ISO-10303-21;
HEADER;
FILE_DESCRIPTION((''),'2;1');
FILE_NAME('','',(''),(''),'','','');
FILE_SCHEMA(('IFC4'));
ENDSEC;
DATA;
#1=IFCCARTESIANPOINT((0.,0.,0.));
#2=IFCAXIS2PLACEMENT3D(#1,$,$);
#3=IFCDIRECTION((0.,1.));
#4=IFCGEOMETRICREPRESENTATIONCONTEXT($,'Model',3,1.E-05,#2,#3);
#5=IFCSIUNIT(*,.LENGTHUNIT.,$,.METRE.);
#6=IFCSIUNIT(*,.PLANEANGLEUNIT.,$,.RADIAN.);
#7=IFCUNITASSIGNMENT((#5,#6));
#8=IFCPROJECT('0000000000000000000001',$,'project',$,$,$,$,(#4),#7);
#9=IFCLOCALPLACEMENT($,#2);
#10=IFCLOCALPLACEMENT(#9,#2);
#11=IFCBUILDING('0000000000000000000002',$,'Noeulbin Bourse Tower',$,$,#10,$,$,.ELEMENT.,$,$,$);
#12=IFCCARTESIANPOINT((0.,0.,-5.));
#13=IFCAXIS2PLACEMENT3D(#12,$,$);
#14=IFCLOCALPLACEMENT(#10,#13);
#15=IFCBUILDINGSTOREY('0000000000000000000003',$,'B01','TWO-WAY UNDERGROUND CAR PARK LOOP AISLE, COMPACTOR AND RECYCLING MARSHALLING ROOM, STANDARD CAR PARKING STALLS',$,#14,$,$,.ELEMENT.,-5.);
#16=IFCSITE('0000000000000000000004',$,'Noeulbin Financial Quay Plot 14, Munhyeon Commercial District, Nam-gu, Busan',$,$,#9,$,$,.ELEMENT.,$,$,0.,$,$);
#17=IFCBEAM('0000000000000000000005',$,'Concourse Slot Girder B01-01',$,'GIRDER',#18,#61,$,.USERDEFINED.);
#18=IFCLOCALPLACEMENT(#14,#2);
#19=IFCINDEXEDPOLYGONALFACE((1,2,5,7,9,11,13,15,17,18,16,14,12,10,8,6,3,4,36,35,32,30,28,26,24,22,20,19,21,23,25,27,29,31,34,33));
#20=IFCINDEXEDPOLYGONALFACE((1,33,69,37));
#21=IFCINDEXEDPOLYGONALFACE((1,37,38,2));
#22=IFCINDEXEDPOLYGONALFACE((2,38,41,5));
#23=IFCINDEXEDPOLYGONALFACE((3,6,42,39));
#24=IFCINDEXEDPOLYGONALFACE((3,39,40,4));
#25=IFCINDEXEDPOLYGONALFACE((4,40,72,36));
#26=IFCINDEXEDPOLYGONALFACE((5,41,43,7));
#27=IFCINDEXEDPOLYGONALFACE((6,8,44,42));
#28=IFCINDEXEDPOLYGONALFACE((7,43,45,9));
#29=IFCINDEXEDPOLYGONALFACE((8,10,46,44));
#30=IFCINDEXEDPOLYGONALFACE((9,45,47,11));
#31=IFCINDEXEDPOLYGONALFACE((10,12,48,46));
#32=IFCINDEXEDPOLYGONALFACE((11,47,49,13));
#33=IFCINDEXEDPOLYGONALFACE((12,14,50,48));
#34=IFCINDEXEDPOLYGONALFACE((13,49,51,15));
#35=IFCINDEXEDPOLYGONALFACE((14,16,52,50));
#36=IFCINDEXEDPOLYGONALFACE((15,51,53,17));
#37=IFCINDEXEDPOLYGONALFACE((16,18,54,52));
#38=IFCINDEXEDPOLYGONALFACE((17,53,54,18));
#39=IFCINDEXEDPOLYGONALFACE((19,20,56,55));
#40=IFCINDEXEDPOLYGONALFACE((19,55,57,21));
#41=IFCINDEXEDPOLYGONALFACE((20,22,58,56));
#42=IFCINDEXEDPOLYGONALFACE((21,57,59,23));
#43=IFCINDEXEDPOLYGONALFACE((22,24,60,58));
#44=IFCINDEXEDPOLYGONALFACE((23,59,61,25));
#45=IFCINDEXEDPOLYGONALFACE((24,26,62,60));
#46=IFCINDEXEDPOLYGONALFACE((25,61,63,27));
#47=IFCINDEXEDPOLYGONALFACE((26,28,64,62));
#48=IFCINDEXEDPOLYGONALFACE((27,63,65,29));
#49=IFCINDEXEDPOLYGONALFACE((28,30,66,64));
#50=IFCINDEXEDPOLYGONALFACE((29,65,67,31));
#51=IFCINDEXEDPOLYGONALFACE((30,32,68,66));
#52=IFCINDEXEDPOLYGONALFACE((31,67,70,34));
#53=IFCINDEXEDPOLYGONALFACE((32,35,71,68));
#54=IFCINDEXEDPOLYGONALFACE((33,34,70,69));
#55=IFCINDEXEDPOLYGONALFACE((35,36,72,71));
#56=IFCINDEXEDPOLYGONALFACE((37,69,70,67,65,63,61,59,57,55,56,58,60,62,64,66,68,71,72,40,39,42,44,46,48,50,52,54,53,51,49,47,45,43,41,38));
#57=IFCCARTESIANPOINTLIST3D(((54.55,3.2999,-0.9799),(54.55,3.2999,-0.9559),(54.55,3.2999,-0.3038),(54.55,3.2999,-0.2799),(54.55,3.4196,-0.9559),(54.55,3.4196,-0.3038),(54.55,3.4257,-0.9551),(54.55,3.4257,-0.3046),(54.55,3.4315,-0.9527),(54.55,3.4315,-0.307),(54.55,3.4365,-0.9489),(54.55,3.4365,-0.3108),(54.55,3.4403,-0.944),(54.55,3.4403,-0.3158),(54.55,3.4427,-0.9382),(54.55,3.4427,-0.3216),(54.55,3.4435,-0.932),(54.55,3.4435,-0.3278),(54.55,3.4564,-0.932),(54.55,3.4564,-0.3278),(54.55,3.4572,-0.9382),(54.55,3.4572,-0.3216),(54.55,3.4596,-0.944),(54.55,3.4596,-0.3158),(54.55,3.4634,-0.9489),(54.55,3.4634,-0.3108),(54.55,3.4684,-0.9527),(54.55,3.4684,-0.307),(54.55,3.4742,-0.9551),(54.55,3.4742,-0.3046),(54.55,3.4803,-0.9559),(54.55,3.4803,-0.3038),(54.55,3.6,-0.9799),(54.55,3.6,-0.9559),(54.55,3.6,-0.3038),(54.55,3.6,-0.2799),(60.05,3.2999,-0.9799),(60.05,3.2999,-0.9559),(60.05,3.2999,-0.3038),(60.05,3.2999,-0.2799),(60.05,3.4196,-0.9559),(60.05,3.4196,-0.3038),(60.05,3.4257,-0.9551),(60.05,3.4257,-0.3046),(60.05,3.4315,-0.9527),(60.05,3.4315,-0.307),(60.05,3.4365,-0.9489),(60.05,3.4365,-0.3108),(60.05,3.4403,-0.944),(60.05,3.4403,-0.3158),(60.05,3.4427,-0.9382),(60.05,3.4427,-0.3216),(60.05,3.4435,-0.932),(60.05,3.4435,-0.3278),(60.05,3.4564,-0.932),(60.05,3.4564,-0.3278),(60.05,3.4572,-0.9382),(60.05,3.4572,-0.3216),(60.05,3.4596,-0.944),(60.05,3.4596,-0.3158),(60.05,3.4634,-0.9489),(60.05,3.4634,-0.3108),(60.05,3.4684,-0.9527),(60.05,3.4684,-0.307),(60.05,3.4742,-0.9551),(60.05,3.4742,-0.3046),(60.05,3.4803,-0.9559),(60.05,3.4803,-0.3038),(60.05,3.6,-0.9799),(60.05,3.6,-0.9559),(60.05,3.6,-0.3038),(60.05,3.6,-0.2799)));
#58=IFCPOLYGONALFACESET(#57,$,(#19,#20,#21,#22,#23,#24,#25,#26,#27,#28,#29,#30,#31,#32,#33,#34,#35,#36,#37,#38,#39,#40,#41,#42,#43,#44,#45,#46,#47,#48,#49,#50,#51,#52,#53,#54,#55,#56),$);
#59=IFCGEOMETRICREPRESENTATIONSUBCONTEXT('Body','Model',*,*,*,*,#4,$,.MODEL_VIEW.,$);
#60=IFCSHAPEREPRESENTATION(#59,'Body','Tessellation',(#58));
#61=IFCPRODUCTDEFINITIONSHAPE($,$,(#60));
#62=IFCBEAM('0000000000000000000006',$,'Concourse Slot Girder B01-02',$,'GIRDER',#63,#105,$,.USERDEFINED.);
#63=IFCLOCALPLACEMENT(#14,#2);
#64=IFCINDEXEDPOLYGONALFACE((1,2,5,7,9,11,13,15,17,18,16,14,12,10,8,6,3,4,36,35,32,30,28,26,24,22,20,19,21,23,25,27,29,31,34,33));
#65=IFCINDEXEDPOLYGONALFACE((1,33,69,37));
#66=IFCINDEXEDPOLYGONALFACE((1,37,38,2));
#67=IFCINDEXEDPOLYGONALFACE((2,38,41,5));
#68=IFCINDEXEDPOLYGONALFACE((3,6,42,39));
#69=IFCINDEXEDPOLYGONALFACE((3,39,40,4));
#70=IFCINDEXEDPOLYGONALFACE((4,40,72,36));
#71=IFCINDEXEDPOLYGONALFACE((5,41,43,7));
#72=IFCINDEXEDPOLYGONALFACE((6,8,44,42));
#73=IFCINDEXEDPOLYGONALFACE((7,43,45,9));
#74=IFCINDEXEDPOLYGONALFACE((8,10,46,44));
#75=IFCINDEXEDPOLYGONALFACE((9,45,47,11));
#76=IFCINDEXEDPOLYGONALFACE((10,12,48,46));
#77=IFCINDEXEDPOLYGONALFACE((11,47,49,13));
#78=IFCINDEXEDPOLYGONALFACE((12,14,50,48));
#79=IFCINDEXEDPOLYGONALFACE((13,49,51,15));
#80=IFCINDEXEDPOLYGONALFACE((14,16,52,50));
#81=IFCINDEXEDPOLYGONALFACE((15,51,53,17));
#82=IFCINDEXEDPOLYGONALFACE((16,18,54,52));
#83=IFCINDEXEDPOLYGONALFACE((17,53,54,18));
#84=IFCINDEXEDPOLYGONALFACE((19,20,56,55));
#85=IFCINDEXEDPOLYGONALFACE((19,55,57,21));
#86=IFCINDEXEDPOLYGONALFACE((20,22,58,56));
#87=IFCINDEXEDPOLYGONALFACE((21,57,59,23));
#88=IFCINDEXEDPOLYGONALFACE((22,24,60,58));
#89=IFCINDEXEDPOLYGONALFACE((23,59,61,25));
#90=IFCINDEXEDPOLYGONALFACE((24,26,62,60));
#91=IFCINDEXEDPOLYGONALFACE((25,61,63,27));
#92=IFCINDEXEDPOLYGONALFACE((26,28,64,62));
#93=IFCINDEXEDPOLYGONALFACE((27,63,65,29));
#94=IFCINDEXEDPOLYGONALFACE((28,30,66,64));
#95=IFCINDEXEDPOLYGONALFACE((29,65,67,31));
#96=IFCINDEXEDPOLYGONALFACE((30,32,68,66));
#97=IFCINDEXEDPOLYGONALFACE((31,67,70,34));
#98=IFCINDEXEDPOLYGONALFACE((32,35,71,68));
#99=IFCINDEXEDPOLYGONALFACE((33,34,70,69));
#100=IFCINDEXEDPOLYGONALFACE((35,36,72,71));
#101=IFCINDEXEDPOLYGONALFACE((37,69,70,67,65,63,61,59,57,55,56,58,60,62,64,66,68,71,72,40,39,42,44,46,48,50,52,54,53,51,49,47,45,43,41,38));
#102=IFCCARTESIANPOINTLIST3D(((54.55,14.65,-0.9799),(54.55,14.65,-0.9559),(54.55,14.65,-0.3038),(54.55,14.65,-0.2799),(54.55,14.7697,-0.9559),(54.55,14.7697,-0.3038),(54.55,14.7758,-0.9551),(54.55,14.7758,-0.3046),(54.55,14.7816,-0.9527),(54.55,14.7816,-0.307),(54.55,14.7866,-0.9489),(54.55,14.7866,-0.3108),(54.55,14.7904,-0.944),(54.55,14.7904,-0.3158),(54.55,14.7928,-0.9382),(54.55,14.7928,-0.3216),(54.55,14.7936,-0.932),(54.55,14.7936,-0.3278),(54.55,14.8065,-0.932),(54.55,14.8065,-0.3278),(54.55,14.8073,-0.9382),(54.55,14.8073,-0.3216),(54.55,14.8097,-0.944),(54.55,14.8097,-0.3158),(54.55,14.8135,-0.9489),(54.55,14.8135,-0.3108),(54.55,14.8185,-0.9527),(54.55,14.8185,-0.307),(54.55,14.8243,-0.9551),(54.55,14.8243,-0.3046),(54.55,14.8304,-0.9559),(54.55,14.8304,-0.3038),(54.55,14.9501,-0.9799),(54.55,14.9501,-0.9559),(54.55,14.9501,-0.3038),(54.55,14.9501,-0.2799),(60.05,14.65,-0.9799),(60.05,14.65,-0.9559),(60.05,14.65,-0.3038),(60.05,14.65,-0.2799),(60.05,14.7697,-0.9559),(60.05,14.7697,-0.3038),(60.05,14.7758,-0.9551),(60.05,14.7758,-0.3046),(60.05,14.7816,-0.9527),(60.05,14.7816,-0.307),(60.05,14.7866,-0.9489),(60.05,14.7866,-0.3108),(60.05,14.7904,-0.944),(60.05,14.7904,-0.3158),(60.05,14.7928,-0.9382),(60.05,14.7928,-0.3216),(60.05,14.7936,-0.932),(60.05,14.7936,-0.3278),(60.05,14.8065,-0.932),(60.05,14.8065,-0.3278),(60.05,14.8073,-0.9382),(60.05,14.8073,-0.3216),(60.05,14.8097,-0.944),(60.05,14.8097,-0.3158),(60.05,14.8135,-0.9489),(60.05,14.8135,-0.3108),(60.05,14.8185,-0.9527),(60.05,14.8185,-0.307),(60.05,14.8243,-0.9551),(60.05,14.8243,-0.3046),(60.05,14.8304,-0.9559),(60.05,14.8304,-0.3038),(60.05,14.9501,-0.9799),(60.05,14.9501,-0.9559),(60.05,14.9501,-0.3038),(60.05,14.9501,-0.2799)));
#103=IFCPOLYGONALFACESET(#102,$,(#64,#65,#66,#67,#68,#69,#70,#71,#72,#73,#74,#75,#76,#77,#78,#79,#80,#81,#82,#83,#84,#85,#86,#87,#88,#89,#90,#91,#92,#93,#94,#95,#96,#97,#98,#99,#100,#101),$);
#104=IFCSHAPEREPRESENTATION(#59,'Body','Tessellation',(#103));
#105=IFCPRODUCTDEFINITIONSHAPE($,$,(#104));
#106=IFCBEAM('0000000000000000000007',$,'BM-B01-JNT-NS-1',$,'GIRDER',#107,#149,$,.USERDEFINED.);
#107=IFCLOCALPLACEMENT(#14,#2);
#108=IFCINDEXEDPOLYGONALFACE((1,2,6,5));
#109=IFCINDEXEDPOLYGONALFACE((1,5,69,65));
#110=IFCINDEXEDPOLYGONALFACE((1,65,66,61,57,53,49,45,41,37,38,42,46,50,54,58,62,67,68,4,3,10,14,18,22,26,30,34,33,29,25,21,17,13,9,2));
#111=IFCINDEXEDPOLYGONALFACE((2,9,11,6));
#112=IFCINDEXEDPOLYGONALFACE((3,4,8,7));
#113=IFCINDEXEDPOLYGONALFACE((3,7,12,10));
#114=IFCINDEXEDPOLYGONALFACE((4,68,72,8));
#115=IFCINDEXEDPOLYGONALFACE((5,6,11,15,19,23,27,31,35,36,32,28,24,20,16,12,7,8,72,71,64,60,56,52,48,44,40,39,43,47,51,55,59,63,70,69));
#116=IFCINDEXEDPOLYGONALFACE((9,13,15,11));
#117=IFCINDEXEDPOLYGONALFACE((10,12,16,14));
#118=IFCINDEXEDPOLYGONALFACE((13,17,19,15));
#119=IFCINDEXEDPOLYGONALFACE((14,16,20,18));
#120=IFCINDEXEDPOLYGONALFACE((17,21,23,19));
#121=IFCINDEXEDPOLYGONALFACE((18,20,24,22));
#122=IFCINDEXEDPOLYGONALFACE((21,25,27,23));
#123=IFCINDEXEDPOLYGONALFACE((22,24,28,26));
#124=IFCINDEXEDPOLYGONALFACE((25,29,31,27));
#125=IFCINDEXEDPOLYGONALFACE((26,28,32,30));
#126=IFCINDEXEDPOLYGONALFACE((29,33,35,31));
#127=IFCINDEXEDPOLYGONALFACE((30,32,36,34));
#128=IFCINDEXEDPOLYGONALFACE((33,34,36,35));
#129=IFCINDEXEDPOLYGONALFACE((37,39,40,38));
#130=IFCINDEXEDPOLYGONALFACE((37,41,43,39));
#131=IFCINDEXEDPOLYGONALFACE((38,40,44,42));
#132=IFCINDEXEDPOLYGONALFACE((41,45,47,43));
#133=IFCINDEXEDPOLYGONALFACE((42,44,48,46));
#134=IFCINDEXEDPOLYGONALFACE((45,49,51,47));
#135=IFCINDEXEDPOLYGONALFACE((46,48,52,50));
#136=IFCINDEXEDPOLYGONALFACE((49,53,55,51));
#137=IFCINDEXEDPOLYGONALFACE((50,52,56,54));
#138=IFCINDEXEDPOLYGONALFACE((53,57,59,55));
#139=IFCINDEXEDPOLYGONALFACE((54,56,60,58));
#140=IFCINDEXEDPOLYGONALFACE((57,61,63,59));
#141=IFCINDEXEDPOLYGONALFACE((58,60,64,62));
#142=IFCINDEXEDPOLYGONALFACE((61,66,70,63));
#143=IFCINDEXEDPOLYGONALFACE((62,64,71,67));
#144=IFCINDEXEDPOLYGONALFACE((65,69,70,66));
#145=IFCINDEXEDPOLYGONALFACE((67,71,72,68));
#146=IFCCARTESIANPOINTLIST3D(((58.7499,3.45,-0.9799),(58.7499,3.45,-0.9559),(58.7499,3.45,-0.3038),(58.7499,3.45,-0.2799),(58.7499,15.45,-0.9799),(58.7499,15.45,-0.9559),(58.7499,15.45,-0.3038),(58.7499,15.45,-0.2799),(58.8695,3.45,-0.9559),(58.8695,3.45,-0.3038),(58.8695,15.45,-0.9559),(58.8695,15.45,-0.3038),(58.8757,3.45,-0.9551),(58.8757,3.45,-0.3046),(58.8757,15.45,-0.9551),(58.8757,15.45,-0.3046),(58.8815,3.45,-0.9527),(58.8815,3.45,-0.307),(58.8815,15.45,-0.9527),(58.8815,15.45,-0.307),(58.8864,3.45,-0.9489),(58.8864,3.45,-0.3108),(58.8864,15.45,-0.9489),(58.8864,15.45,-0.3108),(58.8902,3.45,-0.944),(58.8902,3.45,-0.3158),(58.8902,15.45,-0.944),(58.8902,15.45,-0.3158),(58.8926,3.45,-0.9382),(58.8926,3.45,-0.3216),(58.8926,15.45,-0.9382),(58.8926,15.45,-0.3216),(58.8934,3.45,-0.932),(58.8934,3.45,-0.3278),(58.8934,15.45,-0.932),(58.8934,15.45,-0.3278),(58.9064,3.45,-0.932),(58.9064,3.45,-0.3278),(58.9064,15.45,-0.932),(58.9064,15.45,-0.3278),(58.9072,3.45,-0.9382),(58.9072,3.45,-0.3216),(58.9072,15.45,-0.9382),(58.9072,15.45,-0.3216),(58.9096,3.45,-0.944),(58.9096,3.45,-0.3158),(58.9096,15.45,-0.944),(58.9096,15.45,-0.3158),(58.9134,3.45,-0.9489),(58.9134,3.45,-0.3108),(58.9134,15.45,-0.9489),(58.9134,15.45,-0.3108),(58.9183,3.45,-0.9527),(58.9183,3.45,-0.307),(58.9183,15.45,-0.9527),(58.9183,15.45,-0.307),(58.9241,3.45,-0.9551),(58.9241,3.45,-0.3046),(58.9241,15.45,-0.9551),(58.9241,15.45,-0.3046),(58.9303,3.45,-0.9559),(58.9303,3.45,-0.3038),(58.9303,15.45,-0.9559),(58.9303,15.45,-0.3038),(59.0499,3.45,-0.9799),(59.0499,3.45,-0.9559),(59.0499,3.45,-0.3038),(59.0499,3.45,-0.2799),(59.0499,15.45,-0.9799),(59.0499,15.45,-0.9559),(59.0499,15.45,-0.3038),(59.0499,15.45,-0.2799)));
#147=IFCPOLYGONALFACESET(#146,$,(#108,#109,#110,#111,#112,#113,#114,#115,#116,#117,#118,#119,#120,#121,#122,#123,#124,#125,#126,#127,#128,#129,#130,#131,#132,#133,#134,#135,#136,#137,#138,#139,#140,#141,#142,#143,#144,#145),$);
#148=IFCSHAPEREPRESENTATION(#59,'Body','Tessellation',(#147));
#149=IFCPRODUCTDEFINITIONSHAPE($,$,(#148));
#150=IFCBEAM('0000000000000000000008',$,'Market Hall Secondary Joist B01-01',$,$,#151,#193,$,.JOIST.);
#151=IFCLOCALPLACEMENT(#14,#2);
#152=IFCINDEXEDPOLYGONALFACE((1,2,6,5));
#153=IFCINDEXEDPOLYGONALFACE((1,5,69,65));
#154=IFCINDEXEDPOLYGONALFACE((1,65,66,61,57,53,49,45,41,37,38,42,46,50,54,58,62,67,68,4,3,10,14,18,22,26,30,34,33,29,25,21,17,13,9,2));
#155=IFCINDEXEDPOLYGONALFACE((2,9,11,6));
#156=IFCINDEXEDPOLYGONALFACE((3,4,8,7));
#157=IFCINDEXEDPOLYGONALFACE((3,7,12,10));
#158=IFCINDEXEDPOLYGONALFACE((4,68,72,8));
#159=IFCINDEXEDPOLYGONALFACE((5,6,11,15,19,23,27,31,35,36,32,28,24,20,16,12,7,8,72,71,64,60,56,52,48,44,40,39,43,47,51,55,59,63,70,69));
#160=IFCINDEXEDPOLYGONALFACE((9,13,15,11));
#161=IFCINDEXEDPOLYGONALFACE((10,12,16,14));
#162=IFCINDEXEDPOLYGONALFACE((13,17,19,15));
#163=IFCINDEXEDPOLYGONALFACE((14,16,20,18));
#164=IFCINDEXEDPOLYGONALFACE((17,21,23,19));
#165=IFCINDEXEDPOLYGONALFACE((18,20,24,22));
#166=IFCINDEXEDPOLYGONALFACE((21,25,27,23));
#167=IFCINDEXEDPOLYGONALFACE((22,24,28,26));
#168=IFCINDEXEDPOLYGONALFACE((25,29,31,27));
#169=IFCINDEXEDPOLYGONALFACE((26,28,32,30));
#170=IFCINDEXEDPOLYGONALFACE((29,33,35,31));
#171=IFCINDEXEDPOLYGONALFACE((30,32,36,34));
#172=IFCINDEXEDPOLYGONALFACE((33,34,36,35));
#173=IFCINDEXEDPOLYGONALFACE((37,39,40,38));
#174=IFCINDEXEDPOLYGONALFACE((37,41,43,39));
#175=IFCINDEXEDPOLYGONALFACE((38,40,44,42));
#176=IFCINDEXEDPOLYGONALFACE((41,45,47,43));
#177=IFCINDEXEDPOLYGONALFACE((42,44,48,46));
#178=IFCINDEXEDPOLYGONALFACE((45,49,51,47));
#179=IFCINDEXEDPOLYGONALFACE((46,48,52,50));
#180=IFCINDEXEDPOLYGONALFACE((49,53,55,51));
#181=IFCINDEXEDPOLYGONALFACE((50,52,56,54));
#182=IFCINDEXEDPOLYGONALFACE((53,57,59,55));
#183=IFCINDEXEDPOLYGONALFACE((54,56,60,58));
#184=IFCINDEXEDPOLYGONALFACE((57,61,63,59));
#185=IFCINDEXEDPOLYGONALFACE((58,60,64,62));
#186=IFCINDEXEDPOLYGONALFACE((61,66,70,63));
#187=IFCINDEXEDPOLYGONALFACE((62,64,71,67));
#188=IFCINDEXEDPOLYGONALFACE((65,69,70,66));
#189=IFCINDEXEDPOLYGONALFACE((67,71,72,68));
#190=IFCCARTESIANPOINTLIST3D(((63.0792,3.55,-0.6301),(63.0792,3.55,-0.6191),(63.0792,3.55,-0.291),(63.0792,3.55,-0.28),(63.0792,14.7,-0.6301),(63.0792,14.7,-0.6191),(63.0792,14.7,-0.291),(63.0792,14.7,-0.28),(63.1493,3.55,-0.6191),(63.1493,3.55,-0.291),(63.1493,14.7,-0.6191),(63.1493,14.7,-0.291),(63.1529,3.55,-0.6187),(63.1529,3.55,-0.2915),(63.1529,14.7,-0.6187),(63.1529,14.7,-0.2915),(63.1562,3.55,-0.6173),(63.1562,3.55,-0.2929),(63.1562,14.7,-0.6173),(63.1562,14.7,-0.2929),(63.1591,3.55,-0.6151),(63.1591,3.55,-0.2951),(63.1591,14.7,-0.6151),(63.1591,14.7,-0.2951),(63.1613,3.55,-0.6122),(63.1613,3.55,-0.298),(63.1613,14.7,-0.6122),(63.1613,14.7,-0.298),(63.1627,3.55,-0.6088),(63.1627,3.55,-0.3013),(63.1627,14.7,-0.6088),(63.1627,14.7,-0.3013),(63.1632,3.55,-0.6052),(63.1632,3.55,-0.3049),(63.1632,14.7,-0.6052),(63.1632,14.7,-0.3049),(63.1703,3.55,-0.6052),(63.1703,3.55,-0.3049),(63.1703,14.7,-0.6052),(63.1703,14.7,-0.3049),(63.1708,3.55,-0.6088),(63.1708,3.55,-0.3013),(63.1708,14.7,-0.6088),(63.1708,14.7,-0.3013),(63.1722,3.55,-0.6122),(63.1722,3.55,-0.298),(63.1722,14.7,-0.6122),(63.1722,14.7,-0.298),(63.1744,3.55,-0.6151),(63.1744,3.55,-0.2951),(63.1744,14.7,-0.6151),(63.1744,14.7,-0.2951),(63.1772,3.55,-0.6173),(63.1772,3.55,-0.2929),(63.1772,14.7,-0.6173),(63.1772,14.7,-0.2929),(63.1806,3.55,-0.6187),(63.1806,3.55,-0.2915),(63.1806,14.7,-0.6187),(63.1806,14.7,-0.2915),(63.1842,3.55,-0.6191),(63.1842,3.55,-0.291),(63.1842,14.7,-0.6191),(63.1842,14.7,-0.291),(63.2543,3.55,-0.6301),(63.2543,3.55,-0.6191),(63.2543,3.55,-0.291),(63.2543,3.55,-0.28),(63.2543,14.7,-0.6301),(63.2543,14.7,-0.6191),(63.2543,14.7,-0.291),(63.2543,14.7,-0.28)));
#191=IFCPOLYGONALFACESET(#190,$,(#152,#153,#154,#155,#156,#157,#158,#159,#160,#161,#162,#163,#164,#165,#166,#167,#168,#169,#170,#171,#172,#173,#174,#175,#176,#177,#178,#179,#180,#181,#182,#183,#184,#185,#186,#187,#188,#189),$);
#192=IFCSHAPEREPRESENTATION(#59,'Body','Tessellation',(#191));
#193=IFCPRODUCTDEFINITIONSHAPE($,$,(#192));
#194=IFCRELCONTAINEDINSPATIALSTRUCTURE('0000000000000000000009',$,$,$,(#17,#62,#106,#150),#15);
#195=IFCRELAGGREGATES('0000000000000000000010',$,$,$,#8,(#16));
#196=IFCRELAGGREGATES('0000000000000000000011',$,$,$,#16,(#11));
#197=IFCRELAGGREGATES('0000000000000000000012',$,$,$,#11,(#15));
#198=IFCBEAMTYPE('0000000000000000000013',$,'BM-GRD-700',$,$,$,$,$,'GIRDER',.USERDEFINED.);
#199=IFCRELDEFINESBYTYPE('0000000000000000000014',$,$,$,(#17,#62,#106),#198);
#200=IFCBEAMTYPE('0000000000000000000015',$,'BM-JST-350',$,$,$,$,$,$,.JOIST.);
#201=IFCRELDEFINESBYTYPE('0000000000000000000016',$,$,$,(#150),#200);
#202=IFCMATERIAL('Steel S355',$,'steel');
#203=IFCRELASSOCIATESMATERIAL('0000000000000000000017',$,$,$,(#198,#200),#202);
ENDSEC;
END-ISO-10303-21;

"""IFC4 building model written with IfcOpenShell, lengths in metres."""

from ifc_helpers import new_model, si_unit, direction, frame, origin, origin_2d, place, context, subcontext, project, spatial, i_section, extrude, material, material_profile, profile_set, type_object, element, save


model = new_model("IFC4")

# Units and contexts
model_context = context("Model", 3, precision=1e-05, world=origin(), true_north=direction((0.0, 1.0)))
body_context = subcontext(model_context, "Body", "Model", "MODEL_VIEW")
ifc_project = project(units=[si_unit("LENGTHUNIT", "METRE"), si_unit("PLANEANGLEUNIT", "RADIAN")], contexts=[model_context])

# Site, building, storey
site_placement = place(None, origin())
site = spatial("IfcSite", under=ifc_project, at=site_placement, Name="Noeulbin Financial Quay Plot 14, Munhyeon Commercial District, Nam-gu, Busan", CompositionType="ELEMENT", RefElevation=0.0)
building_placement = place(site_placement, origin())
building = spatial("IfcBuilding", under=site, at=building_placement, Name="Noeulbin Bourse Tower", CompositionType="ELEMENT")
storey_placement = place(building_placement, frame((0.0, 0.0, -5.0)))
storey = spatial("IfcBuildingStorey", under=building, at=storey_placement, Name="B01", Description="TWO-WAY UNDERGROUND CAR PARK LOOP AISLE, COMPACTOR AND RECYCLING MARSHALLING ROOM, STANDARD CAR PARKING STALLS", CompositionType="ELEMENT", Elevation=-5.0)

# Beams
ifc_material_1 = material(Name="Steel S355", Category="steel")
ifc_material_profile_1 = material_profile(ifc_material_1, i_section(OverallWidth=0.3, OverallDepth=0.7, WebThickness=0.0129, FlangeThickness=0.0239, FilletRadius=0.0239, at=origin_2d()), Name="H-700x300x13x24", Category="LoadBearing")
ifc_profile_set_1 = profile_set([ifc_material_profile_1], Name="Steel S355")
beam_type_1 = type_object("IfcBeamType", Name="BM-GRD-700", ElementType="GIRDER", PredefinedType="USERDEFINED", material=ifc_profile_set_1)
for number, where, z_axis, x_axis, name in (
    (1, (54.55, 3.45, -0.6299), (1.0, 0.0, 0.0), (0.0, 1.0, 0.0), "Concourse Slot Girder B01-01"),
    (2, (54.55, 14.8, -0.6299), (1.0, 0.0, 0.0), (0.0, 1.0, 0.0), "Concourse Slot Girder B01-02"),
):
    element("IfcBeam", number, at=place(storey_placement, frame(where, z_axis=z_axis, x_axis=x_axis)), inside=storey, type_object=beam_type_1, Name=name, ObjectType="GIRDER", PredefinedType="USERDEFINED", context=body_context, shape_type="SweptSolid", body=[
        extrude(i_section(OverallWidth=0.3, OverallDepth=0.7, WebThickness=0.0129, FlangeThickness=0.0239, FilletRadius=0.0239, at=origin_2d()), origin(), (0.0, 0.0, 1.0), 5.5),
    ])
beam_1_placement = place(storey_placement, frame((58.8999, 3.45, -0.6299), z_axis=(0.0, 1.0, 0.0), x_axis=(-1.0, 0.0, 0.0)))
element("IfcBeam", 3, at=beam_1_placement, inside=storey, type_object=beam_type_1, Name="BM-B01-JNT-NS-1", ObjectType="GIRDER", PredefinedType="USERDEFINED", context=body_context, shape_type="SweptSolid", body=[
    extrude(i_section(OverallWidth=0.3, OverallDepth=0.7, WebThickness=0.0129, FlangeThickness=0.0239, FilletRadius=0.0239, at=origin_2d()), origin(), (0.0, 0.0, 1.0), 12.0),
])
ifc_material_profile_2 = material_profile(ifc_material_1, i_section(OverallWidth=0.175, OverallDepth=0.3501, WebThickness=0.0071, FlangeThickness=0.011, FilletRadius=0.0139, at=origin_2d()), Name="H-350x175x7x11", Category="LoadBearing")
ifc_profile_set_2 = profile_set([ifc_material_profile_2], Name="Steel S355")
beam_type_2 = type_object("IfcBeamType", Name="BM-JST-350", PredefinedType="JOIST", material=ifc_profile_set_2)
for number, where, z_axis, x_axis, name in (
    (4, (63.1667, 3.55, -0.4551), (0.0, 1.0, 0.0), (-1.0, 0.0, 0.0), "Market Hall Secondary Joist B01-01"),
):
    element("IfcBeam", number, at=place(storey_placement, frame(where, z_axis=z_axis, x_axis=x_axis)), inside=storey, type_object=beam_type_2, Name=name, PredefinedType="JOIST", context=body_context, shape_type="SweptSolid", body=[
        extrude(i_section(OverallWidth=0.175, OverallDepth=0.3501, WebThickness=0.0071, FlangeThickness=0.011, FilletRadius=0.0139, at=origin_2d()), origin(), (0.0, 0.0, 1.0), 11.1499),
    ])

save(model, "model.ifc")
